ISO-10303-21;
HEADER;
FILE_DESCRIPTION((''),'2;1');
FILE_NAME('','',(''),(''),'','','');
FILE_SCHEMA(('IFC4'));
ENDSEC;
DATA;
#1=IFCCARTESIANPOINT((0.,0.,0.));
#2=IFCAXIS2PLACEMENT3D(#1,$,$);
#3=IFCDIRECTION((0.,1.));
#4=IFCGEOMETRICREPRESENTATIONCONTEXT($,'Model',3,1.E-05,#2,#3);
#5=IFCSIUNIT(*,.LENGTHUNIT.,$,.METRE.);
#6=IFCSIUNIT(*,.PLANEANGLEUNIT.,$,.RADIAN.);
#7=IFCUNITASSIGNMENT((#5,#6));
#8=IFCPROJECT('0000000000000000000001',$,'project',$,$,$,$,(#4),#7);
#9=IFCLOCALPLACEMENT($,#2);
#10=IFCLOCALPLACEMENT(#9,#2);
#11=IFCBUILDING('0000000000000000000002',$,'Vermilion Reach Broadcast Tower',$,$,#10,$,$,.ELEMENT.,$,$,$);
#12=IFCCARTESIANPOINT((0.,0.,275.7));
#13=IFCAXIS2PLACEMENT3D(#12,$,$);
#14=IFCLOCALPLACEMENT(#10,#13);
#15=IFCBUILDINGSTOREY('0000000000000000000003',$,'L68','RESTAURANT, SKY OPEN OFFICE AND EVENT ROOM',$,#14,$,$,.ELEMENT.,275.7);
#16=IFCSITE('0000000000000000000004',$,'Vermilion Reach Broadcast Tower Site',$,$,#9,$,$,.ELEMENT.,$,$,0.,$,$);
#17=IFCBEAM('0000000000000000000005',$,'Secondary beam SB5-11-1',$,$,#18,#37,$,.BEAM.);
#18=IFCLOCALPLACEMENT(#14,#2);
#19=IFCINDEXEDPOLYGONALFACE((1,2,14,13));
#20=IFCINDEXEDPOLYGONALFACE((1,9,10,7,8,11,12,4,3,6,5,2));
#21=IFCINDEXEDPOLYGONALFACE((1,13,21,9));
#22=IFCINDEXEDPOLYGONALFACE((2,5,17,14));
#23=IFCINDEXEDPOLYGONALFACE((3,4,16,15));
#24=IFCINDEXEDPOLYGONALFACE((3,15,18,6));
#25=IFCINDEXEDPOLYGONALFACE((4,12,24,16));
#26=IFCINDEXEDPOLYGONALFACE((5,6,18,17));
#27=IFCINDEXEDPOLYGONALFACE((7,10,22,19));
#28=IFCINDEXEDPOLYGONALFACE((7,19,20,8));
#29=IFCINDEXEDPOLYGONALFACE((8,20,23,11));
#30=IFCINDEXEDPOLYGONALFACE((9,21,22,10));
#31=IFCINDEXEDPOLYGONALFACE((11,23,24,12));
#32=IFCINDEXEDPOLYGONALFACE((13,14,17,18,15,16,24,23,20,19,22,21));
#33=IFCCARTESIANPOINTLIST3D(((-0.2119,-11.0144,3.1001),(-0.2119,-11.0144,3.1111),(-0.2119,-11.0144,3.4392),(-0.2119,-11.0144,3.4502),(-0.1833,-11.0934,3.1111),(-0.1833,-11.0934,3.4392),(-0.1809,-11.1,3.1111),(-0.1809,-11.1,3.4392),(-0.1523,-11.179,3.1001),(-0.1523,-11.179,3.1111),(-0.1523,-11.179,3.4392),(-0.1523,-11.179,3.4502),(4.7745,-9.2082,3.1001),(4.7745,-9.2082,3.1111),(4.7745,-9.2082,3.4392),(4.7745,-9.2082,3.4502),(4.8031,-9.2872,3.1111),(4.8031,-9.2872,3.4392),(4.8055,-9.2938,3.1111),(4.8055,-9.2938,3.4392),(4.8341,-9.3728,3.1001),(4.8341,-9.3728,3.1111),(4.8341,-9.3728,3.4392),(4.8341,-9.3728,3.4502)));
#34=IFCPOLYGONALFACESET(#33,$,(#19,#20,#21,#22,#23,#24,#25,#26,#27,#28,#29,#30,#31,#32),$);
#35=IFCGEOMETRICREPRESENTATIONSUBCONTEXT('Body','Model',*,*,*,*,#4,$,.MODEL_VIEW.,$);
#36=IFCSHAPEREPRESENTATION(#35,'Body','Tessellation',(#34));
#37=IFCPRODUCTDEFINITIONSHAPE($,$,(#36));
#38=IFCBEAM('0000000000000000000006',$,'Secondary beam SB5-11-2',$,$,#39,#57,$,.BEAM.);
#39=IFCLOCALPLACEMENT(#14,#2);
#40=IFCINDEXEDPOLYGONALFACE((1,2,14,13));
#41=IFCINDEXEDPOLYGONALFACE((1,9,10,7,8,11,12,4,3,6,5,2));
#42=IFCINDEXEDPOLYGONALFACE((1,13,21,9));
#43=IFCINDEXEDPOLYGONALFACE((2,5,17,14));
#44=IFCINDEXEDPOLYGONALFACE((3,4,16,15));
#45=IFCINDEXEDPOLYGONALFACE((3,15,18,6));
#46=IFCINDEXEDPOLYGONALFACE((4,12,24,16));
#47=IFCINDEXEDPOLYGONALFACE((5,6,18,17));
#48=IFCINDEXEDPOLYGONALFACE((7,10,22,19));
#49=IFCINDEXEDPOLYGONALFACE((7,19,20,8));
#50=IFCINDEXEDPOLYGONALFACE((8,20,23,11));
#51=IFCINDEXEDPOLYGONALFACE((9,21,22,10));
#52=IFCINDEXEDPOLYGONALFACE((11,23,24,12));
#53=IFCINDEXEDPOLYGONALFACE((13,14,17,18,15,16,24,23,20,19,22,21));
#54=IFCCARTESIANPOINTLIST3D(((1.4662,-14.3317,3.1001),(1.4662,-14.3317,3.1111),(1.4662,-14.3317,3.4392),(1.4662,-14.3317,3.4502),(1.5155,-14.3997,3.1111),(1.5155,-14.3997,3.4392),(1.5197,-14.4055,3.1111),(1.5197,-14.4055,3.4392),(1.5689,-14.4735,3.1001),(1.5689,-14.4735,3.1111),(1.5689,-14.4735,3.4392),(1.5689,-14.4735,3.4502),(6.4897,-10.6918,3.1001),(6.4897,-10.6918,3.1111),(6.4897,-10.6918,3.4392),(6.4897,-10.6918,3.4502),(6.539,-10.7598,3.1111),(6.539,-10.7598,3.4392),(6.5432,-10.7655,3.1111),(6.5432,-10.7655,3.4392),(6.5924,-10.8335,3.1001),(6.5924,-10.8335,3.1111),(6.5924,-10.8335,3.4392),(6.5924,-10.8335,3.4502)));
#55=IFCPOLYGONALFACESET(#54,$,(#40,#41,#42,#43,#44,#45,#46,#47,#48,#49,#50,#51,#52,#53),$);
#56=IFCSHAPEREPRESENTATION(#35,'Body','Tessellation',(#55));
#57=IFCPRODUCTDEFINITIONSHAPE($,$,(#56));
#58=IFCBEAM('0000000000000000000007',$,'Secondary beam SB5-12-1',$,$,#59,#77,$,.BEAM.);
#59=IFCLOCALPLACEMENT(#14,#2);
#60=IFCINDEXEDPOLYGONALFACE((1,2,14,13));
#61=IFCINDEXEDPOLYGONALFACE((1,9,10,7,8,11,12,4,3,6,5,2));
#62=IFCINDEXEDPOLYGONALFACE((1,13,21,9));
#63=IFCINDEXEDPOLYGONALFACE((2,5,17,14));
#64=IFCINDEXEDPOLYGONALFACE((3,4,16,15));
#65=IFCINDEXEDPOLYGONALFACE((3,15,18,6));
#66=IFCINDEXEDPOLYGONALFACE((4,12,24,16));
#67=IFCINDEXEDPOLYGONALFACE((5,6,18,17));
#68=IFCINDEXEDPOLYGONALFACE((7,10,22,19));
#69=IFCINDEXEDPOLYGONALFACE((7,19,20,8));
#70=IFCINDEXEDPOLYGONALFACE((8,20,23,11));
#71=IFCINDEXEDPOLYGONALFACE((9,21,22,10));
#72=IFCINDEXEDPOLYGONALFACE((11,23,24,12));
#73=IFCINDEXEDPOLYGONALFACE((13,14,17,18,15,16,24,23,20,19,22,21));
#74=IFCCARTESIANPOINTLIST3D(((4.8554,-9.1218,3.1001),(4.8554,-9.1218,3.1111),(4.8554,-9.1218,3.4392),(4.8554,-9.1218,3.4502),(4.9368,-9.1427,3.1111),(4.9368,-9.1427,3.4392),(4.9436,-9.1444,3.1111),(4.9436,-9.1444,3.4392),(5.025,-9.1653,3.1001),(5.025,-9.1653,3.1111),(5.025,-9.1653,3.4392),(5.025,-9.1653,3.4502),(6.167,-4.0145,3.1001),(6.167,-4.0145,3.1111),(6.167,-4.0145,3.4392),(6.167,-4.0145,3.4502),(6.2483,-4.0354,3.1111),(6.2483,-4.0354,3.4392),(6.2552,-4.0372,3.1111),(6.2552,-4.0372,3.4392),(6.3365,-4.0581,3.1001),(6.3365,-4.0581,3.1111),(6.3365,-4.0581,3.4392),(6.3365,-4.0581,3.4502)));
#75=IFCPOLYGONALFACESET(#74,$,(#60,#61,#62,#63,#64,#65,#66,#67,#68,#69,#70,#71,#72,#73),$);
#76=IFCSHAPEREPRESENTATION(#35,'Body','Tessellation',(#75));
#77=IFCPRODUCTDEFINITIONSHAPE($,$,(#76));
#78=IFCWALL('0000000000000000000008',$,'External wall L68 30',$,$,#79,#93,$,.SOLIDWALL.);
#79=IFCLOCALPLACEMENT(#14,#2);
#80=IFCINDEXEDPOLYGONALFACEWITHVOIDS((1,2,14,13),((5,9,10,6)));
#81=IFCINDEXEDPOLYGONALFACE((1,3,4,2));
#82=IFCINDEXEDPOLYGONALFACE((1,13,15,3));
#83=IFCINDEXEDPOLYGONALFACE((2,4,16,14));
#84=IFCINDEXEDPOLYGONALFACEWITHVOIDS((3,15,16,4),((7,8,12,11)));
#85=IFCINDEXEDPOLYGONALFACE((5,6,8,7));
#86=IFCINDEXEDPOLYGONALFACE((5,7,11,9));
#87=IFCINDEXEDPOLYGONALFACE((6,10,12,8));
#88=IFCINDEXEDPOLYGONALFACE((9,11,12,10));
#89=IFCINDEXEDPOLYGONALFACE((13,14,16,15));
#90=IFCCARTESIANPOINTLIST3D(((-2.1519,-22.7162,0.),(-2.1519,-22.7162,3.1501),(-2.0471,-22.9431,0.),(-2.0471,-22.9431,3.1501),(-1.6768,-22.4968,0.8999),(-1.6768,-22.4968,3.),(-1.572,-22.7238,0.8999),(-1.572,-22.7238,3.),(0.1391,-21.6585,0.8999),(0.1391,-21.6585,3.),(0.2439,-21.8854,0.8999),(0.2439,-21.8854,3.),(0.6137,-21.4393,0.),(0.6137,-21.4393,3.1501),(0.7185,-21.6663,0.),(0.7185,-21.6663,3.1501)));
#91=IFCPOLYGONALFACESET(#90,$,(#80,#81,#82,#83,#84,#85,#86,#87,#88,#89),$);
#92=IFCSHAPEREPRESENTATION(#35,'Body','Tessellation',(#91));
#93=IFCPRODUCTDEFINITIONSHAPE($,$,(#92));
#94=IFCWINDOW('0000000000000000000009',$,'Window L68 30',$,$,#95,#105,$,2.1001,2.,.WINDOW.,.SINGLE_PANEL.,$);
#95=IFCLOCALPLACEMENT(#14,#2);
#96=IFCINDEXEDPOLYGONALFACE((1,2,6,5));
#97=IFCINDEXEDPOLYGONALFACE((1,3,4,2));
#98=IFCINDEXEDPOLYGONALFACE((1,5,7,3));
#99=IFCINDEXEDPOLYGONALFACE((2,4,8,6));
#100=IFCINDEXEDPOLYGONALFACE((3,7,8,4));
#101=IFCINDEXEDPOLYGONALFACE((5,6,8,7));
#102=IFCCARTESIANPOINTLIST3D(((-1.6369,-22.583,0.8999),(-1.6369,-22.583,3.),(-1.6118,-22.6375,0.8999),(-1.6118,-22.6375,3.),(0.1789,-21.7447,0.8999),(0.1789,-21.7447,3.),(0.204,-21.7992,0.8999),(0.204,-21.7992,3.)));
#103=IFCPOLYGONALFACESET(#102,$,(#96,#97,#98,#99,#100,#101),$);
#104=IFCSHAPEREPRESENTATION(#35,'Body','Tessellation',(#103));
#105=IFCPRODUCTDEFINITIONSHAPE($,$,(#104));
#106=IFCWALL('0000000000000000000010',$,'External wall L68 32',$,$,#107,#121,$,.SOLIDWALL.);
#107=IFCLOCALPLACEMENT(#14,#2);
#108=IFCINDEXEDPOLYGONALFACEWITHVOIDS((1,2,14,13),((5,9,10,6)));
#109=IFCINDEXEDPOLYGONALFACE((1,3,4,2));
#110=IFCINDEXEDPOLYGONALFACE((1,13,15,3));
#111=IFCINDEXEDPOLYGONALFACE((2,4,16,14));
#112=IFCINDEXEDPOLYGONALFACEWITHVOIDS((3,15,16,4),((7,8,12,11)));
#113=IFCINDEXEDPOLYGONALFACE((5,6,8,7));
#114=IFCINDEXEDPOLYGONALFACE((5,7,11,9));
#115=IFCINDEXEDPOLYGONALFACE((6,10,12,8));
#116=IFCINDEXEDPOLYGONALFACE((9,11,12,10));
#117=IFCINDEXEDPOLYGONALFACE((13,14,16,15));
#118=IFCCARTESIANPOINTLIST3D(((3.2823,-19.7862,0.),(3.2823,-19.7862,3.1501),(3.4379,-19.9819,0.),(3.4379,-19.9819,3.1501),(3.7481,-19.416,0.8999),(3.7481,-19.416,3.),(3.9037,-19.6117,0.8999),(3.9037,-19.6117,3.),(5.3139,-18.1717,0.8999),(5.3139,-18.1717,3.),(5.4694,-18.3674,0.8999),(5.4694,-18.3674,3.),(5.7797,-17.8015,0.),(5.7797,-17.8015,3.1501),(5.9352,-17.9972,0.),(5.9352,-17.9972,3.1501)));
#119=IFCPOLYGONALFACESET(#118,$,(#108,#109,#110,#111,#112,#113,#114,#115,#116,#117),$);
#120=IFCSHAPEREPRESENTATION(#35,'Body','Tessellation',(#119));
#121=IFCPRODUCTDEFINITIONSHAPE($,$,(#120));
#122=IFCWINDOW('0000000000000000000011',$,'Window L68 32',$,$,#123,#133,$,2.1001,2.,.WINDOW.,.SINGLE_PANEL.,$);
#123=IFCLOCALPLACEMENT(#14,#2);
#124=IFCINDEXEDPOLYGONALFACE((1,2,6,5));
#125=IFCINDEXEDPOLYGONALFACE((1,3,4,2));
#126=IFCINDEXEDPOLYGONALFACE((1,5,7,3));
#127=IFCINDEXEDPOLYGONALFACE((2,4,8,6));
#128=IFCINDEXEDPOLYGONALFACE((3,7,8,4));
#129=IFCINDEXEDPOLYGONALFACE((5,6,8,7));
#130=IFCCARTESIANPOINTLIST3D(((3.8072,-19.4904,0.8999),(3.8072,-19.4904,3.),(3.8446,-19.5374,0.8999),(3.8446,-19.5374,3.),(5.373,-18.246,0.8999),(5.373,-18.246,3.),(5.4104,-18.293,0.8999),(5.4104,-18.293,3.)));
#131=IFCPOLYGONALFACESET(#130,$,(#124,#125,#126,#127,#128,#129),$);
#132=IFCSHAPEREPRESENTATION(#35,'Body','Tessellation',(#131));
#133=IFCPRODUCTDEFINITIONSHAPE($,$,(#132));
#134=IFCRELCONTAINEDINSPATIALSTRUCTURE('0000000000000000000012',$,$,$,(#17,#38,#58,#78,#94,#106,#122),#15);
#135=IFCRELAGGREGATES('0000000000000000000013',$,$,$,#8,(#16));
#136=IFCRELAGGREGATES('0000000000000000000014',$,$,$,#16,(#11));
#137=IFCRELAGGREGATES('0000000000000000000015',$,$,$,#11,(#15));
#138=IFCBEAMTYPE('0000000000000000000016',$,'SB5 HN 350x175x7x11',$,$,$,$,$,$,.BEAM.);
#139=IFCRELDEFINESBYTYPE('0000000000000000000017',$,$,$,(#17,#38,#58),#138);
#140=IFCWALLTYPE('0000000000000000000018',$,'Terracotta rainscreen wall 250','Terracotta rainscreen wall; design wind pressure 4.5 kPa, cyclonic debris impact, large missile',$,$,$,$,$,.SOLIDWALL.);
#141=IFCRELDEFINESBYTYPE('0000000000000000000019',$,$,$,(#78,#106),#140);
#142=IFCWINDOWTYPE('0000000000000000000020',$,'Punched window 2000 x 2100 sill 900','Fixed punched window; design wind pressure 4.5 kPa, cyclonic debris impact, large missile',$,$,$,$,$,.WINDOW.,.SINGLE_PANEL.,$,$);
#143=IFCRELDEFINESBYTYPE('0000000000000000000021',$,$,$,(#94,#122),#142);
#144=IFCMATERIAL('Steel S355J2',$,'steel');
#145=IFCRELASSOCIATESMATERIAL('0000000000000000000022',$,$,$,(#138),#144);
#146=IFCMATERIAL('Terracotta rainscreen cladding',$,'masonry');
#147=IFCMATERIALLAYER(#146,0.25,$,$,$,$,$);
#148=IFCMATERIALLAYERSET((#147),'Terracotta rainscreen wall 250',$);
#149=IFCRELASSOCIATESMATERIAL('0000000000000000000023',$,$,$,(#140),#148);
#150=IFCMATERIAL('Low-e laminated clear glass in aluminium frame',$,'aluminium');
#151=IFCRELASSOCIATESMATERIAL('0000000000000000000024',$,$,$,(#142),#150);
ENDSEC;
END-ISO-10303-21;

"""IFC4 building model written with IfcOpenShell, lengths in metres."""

from ifc_helpers import new_model, si_unit, direction, frame, frame_2d, origin, origin_2d, place, context, subcontext, project, spatial, rectangle, i_section, extrude, material, layer, layer_set, material_profile, profile_set, type_object, element, fill, save


model = new_model("IFC4")

# Units and contexts
model_context = context("Model", 3, precision=1e-05, world=origin(), true_north=direction((0.0, 1.0)))
body_context = subcontext(model_context, "Body", "Model", "MODEL_VIEW")
ifc_project = project(units=[si_unit("LENGTHUNIT", "METRE"), si_unit("PLANEANGLEUNIT", "RADIAN")], contexts=[model_context])

# Site, building, storey
site_placement = place(None, origin())
site = spatial("IfcSite", under=ifc_project, at=site_placement, Name="Vermilion Reach Broadcast Tower Site", CompositionType="ELEMENT", RefElevation=0.0)
building_placement = place(site_placement, origin())
building = spatial("IfcBuilding", under=site, at=building_placement, Name="Vermilion Reach Broadcast Tower", CompositionType="ELEMENT")
storey_placement = place(building_placement, frame((0.0, 0.0, 275.7)))
storey = spatial("IfcBuildingStorey", under=building, at=storey_placement, Name="L68", Description="RESTAURANT, SKY OPEN OFFICE AND EVENT ROOM", CompositionType="ELEMENT", Elevation=275.7)

# Beams
ifc_material_1 = material(Name="Steel S355J2", Category="steel")
ifc_material_profile_1 = material_profile(ifc_material_1, i_section(OverallWidth=0.175, OverallDepth=0.3501, WebThickness=0.0071, FlangeThickness=0.011, at=origin_2d()), Name="S355J2 HN 350x175x7x11")
ifc_profile_set_1 = profile_set([ifc_material_profile_1], Name="Steel S355J2")
beam_type_1 = type_object("IfcBeamType", Name="SB5 HN 350x175x7x11", PredefinedType="BEAM", material=ifc_profile_set_1)
beam_1_placement = place(storey_placement, frame((-0.1821, -11.0967, 3.2751), z_axis=(0.94022, 0.340567, 0.0), x_axis=(-0.340567, 0.94022, 0.0)))
element("IfcBeam", 1, at=beam_1_placement, inside=storey, type_object=beam_type_1, Name="Secondary beam SB5-11-1", PredefinedType="BEAM", context=body_context, shape_type="SweptSolid", body=[
    extrude(i_section(OverallWidth=0.175, OverallDepth=0.3501, WebThickness=0.0071, FlangeThickness=0.011, at=origin_2d()), origin(), (0.0, 0.0, 1.0), 5.3035),
])
beam_2_placement = place(storey_placement, frame((1.5176, -14.4026, 3.2751), z_axis=(0.809771, 0.586746, 0.0), x_axis=(-0.586746, 0.809771, 0.0)))
element("IfcBeam", 2, at=beam_2_placement, inside=storey, type_object=beam_type_1, Name="Secondary beam SB5-11-2", PredefinedType="BEAM", context=body_context, shape_type="SweptSolid", body=[
    extrude(i_section(OverallWidth=0.175, OverallDepth=0.3501, WebThickness=0.0071, FlangeThickness=0.011, at=origin_2d()), origin(), (0.0, 0.0, 1.0), 6.2036),
])
beam_3_placement = place(storey_placement, frame((4.9402, -9.1436, 3.2751), z_axis=(0.24873, 0.968573, 0.0), x_axis=(-0.968573, 0.24873, 0.0)))
element("IfcBeam", 3, at=beam_3_placement, inside=storey, type_object=beam_type_1, Name="Secondary beam SB5-12-1", PredefinedType="BEAM", context=body_context, shape_type="SweptSolid", body=[
    extrude(i_section(OverallWidth=0.175, OverallDepth=0.3501, WebThickness=0.0071, FlangeThickness=0.011, at=origin_2d()), origin(), (0.0, 0.0, 1.0), 5.2729),
])

# Wall, opening, window
ifc_material_2 = material(Name="Terracotta rainscreen cladding", Category="masonry")
ifc_layer = layer(ifc_material_2, 0.25)
ifc_layer_set = layer_set([ifc_layer], Name="Terracotta rainscreen wall 250")
wall_type = type_object("IfcWallType", Name="Terracotta rainscreen wall 250", Description="Terracotta rainscreen wall; design wind pressure 4.5 kPa, cyclonic debris impact, large missile", PredefinedType="SOLIDWALL", material=ifc_layer_set)
wall_1_placement = place(storey_placement, frame((-2.0994, -22.8296, 0.0), z_axis=(0.0, 0.0, 1.0), x_axis=(0.907908, 0.41917, 0.0)))
wall_1 = element("IfcWall", 4, at=wall_1_placement, inside=storey, type_object=wall_type, Name="External wall L68 30", PredefinedType="SOLIDWALL", context=body_context, shape_type="SweptSolid", body=[
    extrude(rectangle(XDim=3.0461, YDim=0.25, at=frame_2d((1.5229, 0.0))), origin(), (0.0, 0.0, 1.0), 3.1501),
])
opening_1_placement = place(wall_1_placement, frame((0.5232, 0.0, 0.8999)))
opening_1 = element("IfcOpeningElement", 5, at=opening_1_placement, cuts=wall_1, PredefinedType="OPENING", context=body_context, shape_type="SweptSolid", body=[
    extrude(rectangle(XDim=2.0, YDim=2.1001, at=frame_2d((1.0, 1.05))), frame((0.0, 0.135, 0.0), z_axis=(0.0, -1.0, 0.0), x_axis=(1.0, 0.0, 0.0)), (0.0, 0.0, 1.0), 0.27),
])
ifc_material_3 = material(Name="Low-e laminated clear glass in aluminium frame", Category="aluminium")
window_type = type_object("IfcWindowType", Name="Punched window 2000 x 2100 sill 900", Description="Fixed punched window; design wind pressure 4.5 kPa, cyclonic debris impact, large missile", PartitioningType="SINGLE_PANEL", PredefinedType="WINDOW", material=ifc_material_3)
window_1_placement = place(opening_1_placement, origin())
window_1 = element("IfcWindow", 6, at=window_1_placement, inside=storey, type_object=window_type, Name="Window L68 30", OverallHeight=2.1001, OverallWidth=2.0, PartitioningType="SINGLE_PANEL", PredefinedType="WINDOW", context=body_context, shape_type="SweptSolid", body=[
    extrude(rectangle(XDim=2.0, YDim=2.1001, at=frame_2d((1.0, 1.05))), frame((0.0, 0.03, 0.0), z_axis=(0.0, -1.0, 0.0), x_axis=(1.0, 0.0, 0.0)), (0.0, 0.0, 1.0), 0.0601),
])
fill(opening_1, window_1)

# Wall, opening, window
wall_2_placement = place(storey_placement, frame((3.3601, -19.884, 0.0), z_axis=(0.0, 0.0, 1.0), x_axis=(0.782888, 0.622162, 0.0)))
wall_2 = element("IfcWall", 7, at=wall_2_placement, inside=storey, type_object=wall_type, Name="External wall L68 32", PredefinedType="SOLIDWALL", context=body_context, shape_type="SweptSolid", body=[
    extrude(rectangle(XDim=3.1899, YDim=0.25, at=frame_2d((1.595, 0.0))), origin(), (0.0, 0.0, 1.0), 3.1501),
])
opening_2_placement = place(wall_2_placement, frame((0.595, 0.0, 0.8999)))
opening_2 = element("IfcOpeningElement", 8, at=opening_2_placement, cuts=wall_2, PredefinedType="OPENING", context=body_context, shape_type="SweptSolid", body=[
    extrude(rectangle(XDim=2.0, YDim=2.1001, at=frame_2d((1.0, 1.05))), frame((0.0, 0.135, 0.0), z_axis=(0.0, -1.0, 0.0), x_axis=(1.0, 0.0, 0.0)), (0.0, 0.0, 1.0), 0.27),
])
window_2_placement = place(opening_2_placement, origin())
window_2 = element("IfcWindow", 9, at=window_2_placement, inside=storey, type_object=window_type, Name="Window L68 32", OverallHeight=2.1001, OverallWidth=2.0, PartitioningType="SINGLE_PANEL", PredefinedType="WINDOW", context=body_context, shape_type="SweptSolid", body=[
    extrude(rectangle(XDim=2.0, YDim=2.1001, at=frame_2d((1.0, 1.05))), frame((0.0, 0.03, 0.0), z_axis=(0.0, -1.0, 0.0), x_axis=(1.0, 0.0, 0.0)), (0.0, 0.0, 1.0), 0.0601),
])
fill(opening_2, window_2)

save(model, "model.ifc")
